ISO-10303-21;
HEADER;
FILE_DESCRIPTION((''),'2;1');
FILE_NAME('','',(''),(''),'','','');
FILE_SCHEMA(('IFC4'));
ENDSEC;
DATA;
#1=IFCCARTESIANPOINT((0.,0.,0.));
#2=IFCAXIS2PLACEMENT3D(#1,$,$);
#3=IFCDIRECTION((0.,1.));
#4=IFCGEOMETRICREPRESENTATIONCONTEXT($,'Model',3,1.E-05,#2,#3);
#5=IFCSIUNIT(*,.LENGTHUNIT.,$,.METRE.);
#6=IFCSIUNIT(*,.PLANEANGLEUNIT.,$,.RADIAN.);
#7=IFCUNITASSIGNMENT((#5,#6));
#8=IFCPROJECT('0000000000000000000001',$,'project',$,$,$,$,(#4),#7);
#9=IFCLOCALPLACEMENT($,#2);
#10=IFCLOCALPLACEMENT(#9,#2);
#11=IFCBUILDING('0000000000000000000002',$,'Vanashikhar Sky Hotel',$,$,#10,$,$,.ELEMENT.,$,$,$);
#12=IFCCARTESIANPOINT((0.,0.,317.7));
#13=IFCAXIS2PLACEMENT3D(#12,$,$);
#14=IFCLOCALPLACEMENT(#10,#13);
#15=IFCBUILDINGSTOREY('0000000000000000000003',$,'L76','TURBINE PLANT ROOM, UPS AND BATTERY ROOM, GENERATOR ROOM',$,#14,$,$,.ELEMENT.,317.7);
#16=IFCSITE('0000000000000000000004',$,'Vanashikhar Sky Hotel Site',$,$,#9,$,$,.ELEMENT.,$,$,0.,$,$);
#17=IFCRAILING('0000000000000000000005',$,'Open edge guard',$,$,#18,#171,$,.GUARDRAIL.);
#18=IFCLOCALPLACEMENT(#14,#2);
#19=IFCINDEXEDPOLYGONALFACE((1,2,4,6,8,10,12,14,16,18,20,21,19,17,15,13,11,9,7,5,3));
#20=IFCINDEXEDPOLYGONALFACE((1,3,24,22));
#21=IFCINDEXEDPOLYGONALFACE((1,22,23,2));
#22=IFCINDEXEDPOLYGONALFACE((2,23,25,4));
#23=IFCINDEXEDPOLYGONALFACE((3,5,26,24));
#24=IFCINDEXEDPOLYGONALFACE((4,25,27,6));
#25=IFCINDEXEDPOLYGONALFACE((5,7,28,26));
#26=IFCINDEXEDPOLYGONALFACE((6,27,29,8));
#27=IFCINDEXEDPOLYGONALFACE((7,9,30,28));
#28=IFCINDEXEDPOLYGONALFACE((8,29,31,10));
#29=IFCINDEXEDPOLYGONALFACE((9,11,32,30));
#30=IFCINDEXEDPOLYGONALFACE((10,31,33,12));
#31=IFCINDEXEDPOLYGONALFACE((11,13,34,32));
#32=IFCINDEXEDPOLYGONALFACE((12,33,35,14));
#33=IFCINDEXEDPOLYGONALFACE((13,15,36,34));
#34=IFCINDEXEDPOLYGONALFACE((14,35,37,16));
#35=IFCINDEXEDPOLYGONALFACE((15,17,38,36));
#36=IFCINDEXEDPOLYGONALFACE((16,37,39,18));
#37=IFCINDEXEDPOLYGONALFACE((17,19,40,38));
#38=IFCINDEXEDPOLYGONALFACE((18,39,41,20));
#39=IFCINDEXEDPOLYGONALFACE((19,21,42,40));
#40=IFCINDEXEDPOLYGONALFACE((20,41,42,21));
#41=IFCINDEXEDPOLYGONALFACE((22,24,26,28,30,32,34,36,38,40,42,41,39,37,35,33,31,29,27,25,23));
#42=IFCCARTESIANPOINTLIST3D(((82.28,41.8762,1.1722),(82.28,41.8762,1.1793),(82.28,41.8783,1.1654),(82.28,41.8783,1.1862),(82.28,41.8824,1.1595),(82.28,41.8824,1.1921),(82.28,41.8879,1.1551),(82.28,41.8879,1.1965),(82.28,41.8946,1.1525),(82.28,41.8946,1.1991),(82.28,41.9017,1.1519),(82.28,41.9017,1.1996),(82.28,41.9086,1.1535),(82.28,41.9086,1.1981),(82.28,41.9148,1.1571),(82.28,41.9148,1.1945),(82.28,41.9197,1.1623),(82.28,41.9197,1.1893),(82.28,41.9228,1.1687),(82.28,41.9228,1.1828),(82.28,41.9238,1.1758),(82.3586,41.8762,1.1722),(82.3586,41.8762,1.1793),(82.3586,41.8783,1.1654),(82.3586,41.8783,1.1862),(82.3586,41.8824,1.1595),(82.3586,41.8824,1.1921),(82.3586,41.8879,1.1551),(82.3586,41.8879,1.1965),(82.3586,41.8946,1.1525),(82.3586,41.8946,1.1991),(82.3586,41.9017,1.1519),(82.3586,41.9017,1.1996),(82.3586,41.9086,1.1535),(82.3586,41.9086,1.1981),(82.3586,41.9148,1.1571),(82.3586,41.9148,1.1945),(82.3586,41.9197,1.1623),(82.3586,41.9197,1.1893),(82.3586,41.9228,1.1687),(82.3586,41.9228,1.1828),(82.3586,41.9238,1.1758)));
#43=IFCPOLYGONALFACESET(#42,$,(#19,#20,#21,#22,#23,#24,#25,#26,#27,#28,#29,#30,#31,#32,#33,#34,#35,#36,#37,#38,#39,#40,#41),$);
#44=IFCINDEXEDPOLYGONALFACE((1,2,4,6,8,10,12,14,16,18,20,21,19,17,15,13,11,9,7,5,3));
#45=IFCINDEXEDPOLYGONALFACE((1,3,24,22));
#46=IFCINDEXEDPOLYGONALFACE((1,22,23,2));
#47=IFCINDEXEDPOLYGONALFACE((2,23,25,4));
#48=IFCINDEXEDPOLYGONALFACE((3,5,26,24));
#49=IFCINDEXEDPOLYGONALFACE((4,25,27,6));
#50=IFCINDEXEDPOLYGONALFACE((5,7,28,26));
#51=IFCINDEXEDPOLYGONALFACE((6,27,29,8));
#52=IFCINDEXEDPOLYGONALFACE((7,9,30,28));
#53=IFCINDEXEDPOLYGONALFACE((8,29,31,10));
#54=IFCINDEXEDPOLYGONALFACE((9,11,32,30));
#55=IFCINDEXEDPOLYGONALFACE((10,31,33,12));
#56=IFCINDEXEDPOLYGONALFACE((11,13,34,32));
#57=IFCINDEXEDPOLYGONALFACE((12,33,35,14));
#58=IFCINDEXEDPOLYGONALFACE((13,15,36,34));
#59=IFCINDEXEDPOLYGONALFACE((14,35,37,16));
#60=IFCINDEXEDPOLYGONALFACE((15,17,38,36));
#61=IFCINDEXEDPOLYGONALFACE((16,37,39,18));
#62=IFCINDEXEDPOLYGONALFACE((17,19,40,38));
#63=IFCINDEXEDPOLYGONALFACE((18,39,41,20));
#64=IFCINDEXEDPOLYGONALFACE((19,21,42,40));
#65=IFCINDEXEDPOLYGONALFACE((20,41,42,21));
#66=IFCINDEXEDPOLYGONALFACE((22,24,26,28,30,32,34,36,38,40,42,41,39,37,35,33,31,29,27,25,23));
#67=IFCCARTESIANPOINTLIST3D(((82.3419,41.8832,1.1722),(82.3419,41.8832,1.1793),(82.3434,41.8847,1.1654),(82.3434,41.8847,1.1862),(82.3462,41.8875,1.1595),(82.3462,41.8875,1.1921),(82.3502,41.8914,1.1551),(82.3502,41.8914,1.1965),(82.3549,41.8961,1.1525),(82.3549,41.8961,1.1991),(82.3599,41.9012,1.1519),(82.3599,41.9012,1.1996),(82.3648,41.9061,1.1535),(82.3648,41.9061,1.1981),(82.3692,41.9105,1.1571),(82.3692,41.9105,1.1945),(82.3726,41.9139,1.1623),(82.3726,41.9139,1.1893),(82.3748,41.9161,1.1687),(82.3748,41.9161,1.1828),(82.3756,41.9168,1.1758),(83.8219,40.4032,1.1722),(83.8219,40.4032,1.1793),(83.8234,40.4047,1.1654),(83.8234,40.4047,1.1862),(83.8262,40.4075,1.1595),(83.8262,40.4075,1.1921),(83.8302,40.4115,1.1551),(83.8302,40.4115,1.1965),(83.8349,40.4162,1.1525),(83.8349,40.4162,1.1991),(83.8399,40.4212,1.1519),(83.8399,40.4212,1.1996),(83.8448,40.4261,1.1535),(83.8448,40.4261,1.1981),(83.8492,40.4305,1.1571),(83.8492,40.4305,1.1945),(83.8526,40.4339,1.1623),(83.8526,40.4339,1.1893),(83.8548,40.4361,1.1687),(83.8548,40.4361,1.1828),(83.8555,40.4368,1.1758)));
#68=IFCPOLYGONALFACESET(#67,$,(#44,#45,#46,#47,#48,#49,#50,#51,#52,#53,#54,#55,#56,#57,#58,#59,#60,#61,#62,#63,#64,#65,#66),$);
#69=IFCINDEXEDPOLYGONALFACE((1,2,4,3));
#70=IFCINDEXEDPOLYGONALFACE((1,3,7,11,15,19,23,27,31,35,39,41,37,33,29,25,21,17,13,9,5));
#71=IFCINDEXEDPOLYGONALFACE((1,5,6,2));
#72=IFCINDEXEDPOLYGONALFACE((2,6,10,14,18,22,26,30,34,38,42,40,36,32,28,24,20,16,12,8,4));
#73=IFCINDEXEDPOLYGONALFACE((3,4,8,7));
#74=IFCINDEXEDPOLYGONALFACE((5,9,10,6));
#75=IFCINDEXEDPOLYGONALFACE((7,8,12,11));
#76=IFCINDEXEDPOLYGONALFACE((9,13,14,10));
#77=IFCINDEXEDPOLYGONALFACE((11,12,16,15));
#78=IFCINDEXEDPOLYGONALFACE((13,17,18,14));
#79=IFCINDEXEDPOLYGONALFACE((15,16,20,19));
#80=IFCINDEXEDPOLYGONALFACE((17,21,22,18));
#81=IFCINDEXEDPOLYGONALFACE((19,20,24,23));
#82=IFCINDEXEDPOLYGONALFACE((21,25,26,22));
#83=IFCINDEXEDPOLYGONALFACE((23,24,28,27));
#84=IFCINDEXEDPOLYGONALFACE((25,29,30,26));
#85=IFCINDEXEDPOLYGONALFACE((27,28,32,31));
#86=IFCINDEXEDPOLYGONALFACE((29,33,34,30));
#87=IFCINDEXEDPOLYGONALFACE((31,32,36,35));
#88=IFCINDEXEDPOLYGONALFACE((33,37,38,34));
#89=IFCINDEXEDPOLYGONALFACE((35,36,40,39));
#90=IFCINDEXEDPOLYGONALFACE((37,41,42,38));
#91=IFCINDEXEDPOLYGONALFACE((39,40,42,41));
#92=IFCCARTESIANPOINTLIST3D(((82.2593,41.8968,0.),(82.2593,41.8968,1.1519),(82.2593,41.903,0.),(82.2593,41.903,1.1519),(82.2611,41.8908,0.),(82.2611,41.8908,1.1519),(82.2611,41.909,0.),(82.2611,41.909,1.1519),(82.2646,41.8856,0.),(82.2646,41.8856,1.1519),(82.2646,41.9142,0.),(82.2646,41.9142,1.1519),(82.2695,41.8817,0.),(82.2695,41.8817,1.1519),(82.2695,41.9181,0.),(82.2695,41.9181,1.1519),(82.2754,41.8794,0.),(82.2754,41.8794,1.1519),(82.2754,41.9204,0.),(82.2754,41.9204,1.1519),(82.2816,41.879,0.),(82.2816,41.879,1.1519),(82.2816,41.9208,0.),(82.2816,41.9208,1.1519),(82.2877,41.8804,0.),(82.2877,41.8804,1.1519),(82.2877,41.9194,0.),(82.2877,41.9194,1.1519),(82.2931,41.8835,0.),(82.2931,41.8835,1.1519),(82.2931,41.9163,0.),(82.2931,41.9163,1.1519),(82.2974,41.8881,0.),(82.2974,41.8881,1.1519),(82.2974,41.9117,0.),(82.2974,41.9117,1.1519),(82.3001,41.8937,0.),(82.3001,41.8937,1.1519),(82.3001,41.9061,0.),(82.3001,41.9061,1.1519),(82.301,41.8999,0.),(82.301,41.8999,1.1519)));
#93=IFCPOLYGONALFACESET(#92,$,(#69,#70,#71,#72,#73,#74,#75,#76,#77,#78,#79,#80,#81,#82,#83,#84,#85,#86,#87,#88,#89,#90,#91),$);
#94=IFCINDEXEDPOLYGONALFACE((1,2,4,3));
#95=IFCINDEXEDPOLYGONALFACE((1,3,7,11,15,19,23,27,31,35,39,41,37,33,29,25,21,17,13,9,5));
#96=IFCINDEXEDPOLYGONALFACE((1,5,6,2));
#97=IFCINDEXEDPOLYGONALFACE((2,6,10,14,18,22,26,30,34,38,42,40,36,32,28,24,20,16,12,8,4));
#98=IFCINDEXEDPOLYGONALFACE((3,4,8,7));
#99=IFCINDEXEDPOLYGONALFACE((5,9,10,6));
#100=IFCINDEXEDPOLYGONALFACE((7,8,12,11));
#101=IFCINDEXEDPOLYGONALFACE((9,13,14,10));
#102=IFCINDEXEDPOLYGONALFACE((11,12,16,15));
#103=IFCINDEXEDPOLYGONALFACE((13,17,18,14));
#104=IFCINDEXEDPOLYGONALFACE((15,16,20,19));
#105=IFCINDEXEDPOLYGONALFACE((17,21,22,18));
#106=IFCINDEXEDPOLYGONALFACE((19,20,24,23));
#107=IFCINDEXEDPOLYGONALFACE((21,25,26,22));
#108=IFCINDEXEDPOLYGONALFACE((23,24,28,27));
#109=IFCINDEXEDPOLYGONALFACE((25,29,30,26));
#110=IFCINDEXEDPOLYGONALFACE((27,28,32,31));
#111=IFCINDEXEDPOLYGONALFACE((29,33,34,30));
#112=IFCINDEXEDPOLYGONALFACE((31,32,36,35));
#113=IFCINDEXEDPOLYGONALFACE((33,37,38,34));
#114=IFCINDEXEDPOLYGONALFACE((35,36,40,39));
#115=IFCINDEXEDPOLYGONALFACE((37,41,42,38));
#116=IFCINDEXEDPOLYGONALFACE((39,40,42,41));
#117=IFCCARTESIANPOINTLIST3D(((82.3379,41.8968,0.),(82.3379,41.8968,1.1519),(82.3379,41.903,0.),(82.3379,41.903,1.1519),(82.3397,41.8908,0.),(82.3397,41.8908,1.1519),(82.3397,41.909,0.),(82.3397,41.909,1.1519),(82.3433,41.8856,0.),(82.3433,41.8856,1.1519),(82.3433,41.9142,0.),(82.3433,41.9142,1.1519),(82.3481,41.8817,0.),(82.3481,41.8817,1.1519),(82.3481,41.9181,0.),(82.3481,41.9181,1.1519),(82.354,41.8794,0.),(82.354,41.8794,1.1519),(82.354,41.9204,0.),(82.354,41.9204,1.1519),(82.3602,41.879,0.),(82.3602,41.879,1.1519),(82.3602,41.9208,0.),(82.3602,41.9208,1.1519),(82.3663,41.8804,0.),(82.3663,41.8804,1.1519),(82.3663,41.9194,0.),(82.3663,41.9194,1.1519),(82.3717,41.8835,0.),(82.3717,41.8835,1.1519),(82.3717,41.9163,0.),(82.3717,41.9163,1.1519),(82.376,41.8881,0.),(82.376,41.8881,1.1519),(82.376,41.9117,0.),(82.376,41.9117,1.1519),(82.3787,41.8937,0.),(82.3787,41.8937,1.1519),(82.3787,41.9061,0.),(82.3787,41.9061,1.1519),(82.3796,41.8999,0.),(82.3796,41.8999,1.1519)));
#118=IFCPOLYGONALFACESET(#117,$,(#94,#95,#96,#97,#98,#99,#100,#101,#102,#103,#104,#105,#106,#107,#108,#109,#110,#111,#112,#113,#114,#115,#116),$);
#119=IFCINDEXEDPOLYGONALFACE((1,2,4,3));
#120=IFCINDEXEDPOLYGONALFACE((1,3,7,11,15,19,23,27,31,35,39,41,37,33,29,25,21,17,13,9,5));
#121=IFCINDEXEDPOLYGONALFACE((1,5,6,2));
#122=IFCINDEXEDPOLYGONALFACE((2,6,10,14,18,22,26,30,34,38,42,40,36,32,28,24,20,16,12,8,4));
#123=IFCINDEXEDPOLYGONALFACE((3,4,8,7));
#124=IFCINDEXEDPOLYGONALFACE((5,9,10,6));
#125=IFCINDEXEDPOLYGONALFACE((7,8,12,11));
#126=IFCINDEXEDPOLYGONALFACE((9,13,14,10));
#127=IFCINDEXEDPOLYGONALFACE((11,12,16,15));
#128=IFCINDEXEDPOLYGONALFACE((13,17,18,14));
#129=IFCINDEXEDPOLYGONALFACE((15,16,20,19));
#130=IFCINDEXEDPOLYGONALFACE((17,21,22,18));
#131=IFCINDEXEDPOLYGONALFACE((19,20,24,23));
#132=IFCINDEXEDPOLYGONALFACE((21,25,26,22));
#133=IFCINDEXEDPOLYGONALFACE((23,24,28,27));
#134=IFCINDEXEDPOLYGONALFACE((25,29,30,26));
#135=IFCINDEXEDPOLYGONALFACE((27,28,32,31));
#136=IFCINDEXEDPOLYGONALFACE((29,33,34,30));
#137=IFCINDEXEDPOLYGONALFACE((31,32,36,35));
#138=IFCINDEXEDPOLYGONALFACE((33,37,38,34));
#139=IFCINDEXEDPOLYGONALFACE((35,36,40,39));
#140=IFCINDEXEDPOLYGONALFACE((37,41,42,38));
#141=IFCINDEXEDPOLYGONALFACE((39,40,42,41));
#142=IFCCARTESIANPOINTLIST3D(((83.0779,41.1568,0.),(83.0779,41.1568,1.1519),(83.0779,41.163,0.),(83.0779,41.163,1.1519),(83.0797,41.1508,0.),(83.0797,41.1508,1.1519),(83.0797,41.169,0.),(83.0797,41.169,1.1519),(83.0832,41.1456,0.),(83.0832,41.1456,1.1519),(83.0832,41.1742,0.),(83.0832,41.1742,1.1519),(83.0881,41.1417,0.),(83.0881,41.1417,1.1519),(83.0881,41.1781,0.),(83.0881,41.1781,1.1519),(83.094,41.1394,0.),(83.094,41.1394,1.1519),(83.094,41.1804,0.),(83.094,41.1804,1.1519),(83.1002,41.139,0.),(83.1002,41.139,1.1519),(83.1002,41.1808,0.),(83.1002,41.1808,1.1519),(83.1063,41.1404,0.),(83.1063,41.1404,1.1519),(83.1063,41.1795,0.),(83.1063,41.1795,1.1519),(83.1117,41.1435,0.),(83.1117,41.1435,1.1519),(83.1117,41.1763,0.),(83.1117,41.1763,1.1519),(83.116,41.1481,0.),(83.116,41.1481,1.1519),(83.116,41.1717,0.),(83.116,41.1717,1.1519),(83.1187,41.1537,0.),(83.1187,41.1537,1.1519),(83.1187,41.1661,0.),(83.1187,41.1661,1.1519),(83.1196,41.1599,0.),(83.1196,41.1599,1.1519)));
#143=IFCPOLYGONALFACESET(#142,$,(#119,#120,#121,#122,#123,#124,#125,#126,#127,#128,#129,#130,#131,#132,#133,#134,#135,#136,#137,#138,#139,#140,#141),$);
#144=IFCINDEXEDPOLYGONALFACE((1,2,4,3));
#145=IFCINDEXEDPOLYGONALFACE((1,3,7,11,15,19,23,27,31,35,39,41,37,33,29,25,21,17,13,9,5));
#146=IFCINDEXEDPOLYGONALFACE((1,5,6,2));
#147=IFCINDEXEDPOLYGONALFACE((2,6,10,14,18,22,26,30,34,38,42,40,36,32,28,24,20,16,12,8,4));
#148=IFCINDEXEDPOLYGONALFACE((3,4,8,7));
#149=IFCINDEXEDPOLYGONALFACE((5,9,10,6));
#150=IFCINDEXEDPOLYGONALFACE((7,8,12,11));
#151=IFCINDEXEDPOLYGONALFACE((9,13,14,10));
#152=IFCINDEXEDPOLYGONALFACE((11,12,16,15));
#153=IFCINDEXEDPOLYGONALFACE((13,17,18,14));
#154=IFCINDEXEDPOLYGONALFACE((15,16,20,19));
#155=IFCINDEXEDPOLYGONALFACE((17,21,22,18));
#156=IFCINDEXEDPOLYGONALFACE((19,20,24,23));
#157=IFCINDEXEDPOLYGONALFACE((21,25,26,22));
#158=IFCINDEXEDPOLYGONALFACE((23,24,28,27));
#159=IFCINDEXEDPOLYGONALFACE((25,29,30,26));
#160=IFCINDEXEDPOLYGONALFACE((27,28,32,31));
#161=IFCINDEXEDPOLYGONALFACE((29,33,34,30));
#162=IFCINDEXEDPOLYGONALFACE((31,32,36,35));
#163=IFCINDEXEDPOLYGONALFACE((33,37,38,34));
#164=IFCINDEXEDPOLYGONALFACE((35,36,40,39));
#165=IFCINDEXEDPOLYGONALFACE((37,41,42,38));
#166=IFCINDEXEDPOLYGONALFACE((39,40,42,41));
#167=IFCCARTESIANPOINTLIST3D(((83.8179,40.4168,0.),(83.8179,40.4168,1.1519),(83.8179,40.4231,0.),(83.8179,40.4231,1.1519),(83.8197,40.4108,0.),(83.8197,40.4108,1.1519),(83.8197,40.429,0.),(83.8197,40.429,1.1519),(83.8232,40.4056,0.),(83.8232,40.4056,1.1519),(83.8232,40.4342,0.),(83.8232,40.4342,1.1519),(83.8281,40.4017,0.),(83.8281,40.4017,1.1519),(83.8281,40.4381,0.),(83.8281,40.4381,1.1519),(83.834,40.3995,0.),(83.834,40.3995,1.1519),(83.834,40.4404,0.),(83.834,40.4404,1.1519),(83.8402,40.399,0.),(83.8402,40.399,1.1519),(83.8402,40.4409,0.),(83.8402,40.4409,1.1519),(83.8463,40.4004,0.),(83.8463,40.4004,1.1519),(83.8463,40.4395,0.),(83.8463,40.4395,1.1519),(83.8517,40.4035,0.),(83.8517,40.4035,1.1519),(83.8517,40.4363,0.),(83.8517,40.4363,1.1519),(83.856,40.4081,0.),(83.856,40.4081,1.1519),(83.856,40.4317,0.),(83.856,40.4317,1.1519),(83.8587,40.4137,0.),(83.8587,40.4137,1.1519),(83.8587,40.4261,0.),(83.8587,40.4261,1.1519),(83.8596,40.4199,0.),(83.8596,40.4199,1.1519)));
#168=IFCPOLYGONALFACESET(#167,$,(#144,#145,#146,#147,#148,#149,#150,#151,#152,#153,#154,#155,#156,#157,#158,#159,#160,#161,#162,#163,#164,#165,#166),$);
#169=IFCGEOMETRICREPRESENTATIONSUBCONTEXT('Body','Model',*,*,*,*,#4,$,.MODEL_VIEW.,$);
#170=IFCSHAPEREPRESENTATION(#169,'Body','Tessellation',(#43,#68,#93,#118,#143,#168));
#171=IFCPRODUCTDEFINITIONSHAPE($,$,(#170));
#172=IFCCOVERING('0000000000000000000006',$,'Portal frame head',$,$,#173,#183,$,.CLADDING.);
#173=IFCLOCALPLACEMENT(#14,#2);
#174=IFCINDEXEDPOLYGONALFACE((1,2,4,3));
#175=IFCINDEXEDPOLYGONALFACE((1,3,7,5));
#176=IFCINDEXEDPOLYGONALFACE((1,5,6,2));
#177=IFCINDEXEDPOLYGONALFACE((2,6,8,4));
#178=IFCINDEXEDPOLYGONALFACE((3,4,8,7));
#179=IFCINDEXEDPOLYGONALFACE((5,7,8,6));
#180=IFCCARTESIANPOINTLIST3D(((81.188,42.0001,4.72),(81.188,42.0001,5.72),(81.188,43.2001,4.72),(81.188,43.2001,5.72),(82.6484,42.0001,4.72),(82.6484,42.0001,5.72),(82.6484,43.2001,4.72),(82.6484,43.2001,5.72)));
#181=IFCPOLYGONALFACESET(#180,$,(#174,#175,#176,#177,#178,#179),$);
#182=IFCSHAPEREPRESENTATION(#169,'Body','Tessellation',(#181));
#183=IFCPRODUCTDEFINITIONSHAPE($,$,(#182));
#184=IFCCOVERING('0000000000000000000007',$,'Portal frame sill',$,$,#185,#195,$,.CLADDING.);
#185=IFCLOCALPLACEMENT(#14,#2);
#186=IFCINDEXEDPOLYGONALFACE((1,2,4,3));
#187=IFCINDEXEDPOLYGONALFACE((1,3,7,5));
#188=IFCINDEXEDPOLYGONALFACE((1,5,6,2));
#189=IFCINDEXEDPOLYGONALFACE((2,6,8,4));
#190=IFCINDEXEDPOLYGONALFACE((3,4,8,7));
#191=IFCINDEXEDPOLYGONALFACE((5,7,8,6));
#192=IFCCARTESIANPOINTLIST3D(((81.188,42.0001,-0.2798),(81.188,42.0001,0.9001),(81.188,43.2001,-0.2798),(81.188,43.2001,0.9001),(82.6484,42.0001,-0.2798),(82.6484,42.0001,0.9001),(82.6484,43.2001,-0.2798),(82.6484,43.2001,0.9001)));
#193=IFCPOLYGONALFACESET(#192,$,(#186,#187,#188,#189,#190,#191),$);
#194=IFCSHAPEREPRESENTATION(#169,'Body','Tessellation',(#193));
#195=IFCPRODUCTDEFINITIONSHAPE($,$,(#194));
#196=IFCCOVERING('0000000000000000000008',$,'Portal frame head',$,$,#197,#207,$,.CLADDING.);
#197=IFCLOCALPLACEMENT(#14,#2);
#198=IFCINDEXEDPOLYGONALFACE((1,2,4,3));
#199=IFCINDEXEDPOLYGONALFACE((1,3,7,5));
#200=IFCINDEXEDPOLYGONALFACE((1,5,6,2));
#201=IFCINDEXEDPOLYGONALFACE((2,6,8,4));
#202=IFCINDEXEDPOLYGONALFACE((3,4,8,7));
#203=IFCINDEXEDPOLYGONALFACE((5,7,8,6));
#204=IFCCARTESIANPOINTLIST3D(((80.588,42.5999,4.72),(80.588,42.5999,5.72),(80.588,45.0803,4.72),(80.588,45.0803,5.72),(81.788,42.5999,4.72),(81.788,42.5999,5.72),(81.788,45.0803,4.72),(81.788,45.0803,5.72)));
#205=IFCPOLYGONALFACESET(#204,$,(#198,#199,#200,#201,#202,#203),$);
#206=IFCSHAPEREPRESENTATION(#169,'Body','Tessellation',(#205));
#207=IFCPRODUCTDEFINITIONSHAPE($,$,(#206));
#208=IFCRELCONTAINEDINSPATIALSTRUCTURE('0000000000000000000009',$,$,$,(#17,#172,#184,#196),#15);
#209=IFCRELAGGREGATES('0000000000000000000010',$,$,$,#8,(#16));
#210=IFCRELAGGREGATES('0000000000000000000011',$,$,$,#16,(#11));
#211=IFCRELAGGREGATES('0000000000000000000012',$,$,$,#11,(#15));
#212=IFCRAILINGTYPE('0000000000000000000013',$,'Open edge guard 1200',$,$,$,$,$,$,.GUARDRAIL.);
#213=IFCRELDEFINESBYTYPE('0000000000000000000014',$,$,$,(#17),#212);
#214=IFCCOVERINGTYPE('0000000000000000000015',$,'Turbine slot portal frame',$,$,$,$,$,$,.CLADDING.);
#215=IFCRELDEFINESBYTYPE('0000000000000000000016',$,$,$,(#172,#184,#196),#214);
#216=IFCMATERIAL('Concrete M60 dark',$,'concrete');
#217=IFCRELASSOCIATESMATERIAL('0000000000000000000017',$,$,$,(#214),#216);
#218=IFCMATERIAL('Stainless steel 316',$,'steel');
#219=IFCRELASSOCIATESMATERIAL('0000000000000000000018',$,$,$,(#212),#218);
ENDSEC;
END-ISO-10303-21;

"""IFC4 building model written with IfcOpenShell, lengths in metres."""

from ifc_helpers import new_model, si_unit, direction, frame, origin, origin_2d, place, context, subcontext, project, spatial, rectangle, circle, extrude, source, transform, mapped, material, type_object, element, save


model = new_model("IFC4")

# Units and contexts
model_context = context("Model", 3, precision=1e-05, world=origin(), true_north=direction((0.0, 1.0)))
body_context = subcontext(model_context, "Body", "Model", "MODEL_VIEW")
ifc_project = project(units=[si_unit("LENGTHUNIT", "METRE"), si_unit("PLANEANGLEUNIT", "RADIAN")], contexts=[model_context])

# Site, building, storey
site_placement = place(None, origin())
site = spatial("IfcSite", under=ifc_project, at=site_placement, Name="Vanashikhar Sky Hotel Site", CompositionType="ELEMENT", RefElevation=0.0)
building_placement = place(site_placement, origin())
building = spatial("IfcBuilding", under=site, at=building_placement, Name="Vanashikhar Sky Hotel", CompositionType="ELEMENT")
storey_placement = place(building_placement, frame((0.0, 0.0, 317.7)))
storey = spatial("IfcBuildingStorey", under=building, at=storey_placement, Name="L76", Description="TURBINE PLANT ROOM, UPS AND BATTERY ROOM, GENERATOR ROOM", CompositionType="ELEMENT", Elevation=317.7)

# Shared definitions
ifc_material_1 = material(Name="Concrete M60 dark", Category="concrete")
covering_type = type_object("IfcCoveringType", Name="Turbine slot portal frame", PredefinedType="CLADDING", material=ifc_material_1)

# Shared definitions
ifc_material_2 = material(Name="Stainless steel 316", Category="steel")
railing_type = type_object("IfcRailingType", Name="Open edge guard 1200", PredefinedType="GUARDRAIL", material=ifc_material_2)

# Railing
shared_shape_1 = source(origin(), body_context, "Body", "SweptSolid", [
    extrude(circle(Radius=0.0239, at=origin_2d()), frame((0.0, 0.0, 1.1758), z_axis=(1.0, 0.0, 0.0), x_axis=(0.0, 1.0, 0.0)), (0.0, 0.0, 1.0), 0.0786),
    extrude(circle(Radius=0.0239, at=origin_2d()), frame((0.0786, 0.0, 1.1758), z_axis=(0.707107, -0.707107, 0.0), x_axis=(0.707107, 0.707107, 0.0)), (0.0, 0.0, 1.0), 2.093),
    extrude(circle(Radius=0.021, at=origin_2d()), origin(), (0.0, 0.0, 1.0), 1.1519),
    extrude(circle(Radius=0.021, at=origin_2d()), frame((0.0786, 0.0, 0.0)), (0.0, 0.0, 1.0), 1.1519),
    extrude(circle(Radius=0.021, at=origin_2d()), frame((0.8186, -0.74, 0.0)), (0.0, 0.0, 1.0), 1.1519),
    extrude(circle(Radius=0.021, at=origin_2d()), frame((1.5586, -1.48, 0.0)), (0.0, 0.0, 1.0), 1.1519),
])
railing_1_placement = place(storey_placement, frame((82.28, 41.8999, 0.0)))
element("IfcRailing", 1, at=railing_1_placement, inside=storey, type_object=railing_type, Name="Open edge guard", PredefinedType="GUARDRAIL", context=body_context, shape_type="MappedRepresentation", body=[
    mapped(shared_shape_1, transform((0.0, 0.0, 0.0), scale=1.0)),
])

# Coverings
shared_shape_2 = source(origin(), body_context, "Body", "SweptSolid", [
    extrude(rectangle(XDim=1.4604, YDim=1.2, at=origin_2d()), origin(), (0.0, 0.0, 1.0), 1.0),
])
covering_1_placement = place(storey_placement, frame((81.9182, 42.6001, 4.72), z_axis=(0.0, 0.0, 1.0), x_axis=(-1.0, 0.0, 0.0)))
element("IfcCovering", 2, at=covering_1_placement, inside=storey, type_object=covering_type, Name="Portal frame head", PredefinedType="CLADDING", context=body_context, shape_type="MappedRepresentation", body=[
    mapped(shared_shape_2, transform((0.0, 0.0, 0.0), scale=1.0)),
])
shared_shape_3 = source(origin(), body_context, "Body", "SweptSolid", [
    extrude(rectangle(XDim=1.4604, YDim=1.2, at=origin_2d()), origin(), (0.0, 0.0, 1.0), 1.1799),
])
covering_2_placement = place(storey_placement, frame((81.9182, 42.6001, -0.2798), z_axis=(0.0, 0.0, 1.0), x_axis=(-1.0, 0.0, 0.0)))
element("IfcCovering", 3, at=covering_2_placement, inside=storey, type_object=covering_type, Name="Portal frame sill", PredefinedType="CLADDING", context=body_context, shape_type="MappedRepresentation", body=[
    mapped(shared_shape_3, transform((0.0, 0.0, 0.0), scale=1.0)),
])
shared_shape_4 = source(origin(), body_context, "Body", "SweptSolid", [
    extrude(rectangle(XDim=2.4805, YDim=1.2, at=origin_2d()), origin(), (0.0, 0.0, 1.0), 1.0),
])
covering_3_placement = place(storey_placement, frame((81.188, 43.8401, 4.72), z_axis=(0.0, 0.0, 1.0), x_axis=(0.0, 1.0, 0.0)))
element("IfcCovering", 4, at=covering_3_placement, inside=storey, type_object=covering_type, Name="Portal frame head", PredefinedType="CLADDING", context=body_context, shape_type="MappedRepresentation", body=[
    mapped(shared_shape_4, transform((0.0, 0.0, 0.0), scale=1.0)),
])

save(model, "model.ifc")
